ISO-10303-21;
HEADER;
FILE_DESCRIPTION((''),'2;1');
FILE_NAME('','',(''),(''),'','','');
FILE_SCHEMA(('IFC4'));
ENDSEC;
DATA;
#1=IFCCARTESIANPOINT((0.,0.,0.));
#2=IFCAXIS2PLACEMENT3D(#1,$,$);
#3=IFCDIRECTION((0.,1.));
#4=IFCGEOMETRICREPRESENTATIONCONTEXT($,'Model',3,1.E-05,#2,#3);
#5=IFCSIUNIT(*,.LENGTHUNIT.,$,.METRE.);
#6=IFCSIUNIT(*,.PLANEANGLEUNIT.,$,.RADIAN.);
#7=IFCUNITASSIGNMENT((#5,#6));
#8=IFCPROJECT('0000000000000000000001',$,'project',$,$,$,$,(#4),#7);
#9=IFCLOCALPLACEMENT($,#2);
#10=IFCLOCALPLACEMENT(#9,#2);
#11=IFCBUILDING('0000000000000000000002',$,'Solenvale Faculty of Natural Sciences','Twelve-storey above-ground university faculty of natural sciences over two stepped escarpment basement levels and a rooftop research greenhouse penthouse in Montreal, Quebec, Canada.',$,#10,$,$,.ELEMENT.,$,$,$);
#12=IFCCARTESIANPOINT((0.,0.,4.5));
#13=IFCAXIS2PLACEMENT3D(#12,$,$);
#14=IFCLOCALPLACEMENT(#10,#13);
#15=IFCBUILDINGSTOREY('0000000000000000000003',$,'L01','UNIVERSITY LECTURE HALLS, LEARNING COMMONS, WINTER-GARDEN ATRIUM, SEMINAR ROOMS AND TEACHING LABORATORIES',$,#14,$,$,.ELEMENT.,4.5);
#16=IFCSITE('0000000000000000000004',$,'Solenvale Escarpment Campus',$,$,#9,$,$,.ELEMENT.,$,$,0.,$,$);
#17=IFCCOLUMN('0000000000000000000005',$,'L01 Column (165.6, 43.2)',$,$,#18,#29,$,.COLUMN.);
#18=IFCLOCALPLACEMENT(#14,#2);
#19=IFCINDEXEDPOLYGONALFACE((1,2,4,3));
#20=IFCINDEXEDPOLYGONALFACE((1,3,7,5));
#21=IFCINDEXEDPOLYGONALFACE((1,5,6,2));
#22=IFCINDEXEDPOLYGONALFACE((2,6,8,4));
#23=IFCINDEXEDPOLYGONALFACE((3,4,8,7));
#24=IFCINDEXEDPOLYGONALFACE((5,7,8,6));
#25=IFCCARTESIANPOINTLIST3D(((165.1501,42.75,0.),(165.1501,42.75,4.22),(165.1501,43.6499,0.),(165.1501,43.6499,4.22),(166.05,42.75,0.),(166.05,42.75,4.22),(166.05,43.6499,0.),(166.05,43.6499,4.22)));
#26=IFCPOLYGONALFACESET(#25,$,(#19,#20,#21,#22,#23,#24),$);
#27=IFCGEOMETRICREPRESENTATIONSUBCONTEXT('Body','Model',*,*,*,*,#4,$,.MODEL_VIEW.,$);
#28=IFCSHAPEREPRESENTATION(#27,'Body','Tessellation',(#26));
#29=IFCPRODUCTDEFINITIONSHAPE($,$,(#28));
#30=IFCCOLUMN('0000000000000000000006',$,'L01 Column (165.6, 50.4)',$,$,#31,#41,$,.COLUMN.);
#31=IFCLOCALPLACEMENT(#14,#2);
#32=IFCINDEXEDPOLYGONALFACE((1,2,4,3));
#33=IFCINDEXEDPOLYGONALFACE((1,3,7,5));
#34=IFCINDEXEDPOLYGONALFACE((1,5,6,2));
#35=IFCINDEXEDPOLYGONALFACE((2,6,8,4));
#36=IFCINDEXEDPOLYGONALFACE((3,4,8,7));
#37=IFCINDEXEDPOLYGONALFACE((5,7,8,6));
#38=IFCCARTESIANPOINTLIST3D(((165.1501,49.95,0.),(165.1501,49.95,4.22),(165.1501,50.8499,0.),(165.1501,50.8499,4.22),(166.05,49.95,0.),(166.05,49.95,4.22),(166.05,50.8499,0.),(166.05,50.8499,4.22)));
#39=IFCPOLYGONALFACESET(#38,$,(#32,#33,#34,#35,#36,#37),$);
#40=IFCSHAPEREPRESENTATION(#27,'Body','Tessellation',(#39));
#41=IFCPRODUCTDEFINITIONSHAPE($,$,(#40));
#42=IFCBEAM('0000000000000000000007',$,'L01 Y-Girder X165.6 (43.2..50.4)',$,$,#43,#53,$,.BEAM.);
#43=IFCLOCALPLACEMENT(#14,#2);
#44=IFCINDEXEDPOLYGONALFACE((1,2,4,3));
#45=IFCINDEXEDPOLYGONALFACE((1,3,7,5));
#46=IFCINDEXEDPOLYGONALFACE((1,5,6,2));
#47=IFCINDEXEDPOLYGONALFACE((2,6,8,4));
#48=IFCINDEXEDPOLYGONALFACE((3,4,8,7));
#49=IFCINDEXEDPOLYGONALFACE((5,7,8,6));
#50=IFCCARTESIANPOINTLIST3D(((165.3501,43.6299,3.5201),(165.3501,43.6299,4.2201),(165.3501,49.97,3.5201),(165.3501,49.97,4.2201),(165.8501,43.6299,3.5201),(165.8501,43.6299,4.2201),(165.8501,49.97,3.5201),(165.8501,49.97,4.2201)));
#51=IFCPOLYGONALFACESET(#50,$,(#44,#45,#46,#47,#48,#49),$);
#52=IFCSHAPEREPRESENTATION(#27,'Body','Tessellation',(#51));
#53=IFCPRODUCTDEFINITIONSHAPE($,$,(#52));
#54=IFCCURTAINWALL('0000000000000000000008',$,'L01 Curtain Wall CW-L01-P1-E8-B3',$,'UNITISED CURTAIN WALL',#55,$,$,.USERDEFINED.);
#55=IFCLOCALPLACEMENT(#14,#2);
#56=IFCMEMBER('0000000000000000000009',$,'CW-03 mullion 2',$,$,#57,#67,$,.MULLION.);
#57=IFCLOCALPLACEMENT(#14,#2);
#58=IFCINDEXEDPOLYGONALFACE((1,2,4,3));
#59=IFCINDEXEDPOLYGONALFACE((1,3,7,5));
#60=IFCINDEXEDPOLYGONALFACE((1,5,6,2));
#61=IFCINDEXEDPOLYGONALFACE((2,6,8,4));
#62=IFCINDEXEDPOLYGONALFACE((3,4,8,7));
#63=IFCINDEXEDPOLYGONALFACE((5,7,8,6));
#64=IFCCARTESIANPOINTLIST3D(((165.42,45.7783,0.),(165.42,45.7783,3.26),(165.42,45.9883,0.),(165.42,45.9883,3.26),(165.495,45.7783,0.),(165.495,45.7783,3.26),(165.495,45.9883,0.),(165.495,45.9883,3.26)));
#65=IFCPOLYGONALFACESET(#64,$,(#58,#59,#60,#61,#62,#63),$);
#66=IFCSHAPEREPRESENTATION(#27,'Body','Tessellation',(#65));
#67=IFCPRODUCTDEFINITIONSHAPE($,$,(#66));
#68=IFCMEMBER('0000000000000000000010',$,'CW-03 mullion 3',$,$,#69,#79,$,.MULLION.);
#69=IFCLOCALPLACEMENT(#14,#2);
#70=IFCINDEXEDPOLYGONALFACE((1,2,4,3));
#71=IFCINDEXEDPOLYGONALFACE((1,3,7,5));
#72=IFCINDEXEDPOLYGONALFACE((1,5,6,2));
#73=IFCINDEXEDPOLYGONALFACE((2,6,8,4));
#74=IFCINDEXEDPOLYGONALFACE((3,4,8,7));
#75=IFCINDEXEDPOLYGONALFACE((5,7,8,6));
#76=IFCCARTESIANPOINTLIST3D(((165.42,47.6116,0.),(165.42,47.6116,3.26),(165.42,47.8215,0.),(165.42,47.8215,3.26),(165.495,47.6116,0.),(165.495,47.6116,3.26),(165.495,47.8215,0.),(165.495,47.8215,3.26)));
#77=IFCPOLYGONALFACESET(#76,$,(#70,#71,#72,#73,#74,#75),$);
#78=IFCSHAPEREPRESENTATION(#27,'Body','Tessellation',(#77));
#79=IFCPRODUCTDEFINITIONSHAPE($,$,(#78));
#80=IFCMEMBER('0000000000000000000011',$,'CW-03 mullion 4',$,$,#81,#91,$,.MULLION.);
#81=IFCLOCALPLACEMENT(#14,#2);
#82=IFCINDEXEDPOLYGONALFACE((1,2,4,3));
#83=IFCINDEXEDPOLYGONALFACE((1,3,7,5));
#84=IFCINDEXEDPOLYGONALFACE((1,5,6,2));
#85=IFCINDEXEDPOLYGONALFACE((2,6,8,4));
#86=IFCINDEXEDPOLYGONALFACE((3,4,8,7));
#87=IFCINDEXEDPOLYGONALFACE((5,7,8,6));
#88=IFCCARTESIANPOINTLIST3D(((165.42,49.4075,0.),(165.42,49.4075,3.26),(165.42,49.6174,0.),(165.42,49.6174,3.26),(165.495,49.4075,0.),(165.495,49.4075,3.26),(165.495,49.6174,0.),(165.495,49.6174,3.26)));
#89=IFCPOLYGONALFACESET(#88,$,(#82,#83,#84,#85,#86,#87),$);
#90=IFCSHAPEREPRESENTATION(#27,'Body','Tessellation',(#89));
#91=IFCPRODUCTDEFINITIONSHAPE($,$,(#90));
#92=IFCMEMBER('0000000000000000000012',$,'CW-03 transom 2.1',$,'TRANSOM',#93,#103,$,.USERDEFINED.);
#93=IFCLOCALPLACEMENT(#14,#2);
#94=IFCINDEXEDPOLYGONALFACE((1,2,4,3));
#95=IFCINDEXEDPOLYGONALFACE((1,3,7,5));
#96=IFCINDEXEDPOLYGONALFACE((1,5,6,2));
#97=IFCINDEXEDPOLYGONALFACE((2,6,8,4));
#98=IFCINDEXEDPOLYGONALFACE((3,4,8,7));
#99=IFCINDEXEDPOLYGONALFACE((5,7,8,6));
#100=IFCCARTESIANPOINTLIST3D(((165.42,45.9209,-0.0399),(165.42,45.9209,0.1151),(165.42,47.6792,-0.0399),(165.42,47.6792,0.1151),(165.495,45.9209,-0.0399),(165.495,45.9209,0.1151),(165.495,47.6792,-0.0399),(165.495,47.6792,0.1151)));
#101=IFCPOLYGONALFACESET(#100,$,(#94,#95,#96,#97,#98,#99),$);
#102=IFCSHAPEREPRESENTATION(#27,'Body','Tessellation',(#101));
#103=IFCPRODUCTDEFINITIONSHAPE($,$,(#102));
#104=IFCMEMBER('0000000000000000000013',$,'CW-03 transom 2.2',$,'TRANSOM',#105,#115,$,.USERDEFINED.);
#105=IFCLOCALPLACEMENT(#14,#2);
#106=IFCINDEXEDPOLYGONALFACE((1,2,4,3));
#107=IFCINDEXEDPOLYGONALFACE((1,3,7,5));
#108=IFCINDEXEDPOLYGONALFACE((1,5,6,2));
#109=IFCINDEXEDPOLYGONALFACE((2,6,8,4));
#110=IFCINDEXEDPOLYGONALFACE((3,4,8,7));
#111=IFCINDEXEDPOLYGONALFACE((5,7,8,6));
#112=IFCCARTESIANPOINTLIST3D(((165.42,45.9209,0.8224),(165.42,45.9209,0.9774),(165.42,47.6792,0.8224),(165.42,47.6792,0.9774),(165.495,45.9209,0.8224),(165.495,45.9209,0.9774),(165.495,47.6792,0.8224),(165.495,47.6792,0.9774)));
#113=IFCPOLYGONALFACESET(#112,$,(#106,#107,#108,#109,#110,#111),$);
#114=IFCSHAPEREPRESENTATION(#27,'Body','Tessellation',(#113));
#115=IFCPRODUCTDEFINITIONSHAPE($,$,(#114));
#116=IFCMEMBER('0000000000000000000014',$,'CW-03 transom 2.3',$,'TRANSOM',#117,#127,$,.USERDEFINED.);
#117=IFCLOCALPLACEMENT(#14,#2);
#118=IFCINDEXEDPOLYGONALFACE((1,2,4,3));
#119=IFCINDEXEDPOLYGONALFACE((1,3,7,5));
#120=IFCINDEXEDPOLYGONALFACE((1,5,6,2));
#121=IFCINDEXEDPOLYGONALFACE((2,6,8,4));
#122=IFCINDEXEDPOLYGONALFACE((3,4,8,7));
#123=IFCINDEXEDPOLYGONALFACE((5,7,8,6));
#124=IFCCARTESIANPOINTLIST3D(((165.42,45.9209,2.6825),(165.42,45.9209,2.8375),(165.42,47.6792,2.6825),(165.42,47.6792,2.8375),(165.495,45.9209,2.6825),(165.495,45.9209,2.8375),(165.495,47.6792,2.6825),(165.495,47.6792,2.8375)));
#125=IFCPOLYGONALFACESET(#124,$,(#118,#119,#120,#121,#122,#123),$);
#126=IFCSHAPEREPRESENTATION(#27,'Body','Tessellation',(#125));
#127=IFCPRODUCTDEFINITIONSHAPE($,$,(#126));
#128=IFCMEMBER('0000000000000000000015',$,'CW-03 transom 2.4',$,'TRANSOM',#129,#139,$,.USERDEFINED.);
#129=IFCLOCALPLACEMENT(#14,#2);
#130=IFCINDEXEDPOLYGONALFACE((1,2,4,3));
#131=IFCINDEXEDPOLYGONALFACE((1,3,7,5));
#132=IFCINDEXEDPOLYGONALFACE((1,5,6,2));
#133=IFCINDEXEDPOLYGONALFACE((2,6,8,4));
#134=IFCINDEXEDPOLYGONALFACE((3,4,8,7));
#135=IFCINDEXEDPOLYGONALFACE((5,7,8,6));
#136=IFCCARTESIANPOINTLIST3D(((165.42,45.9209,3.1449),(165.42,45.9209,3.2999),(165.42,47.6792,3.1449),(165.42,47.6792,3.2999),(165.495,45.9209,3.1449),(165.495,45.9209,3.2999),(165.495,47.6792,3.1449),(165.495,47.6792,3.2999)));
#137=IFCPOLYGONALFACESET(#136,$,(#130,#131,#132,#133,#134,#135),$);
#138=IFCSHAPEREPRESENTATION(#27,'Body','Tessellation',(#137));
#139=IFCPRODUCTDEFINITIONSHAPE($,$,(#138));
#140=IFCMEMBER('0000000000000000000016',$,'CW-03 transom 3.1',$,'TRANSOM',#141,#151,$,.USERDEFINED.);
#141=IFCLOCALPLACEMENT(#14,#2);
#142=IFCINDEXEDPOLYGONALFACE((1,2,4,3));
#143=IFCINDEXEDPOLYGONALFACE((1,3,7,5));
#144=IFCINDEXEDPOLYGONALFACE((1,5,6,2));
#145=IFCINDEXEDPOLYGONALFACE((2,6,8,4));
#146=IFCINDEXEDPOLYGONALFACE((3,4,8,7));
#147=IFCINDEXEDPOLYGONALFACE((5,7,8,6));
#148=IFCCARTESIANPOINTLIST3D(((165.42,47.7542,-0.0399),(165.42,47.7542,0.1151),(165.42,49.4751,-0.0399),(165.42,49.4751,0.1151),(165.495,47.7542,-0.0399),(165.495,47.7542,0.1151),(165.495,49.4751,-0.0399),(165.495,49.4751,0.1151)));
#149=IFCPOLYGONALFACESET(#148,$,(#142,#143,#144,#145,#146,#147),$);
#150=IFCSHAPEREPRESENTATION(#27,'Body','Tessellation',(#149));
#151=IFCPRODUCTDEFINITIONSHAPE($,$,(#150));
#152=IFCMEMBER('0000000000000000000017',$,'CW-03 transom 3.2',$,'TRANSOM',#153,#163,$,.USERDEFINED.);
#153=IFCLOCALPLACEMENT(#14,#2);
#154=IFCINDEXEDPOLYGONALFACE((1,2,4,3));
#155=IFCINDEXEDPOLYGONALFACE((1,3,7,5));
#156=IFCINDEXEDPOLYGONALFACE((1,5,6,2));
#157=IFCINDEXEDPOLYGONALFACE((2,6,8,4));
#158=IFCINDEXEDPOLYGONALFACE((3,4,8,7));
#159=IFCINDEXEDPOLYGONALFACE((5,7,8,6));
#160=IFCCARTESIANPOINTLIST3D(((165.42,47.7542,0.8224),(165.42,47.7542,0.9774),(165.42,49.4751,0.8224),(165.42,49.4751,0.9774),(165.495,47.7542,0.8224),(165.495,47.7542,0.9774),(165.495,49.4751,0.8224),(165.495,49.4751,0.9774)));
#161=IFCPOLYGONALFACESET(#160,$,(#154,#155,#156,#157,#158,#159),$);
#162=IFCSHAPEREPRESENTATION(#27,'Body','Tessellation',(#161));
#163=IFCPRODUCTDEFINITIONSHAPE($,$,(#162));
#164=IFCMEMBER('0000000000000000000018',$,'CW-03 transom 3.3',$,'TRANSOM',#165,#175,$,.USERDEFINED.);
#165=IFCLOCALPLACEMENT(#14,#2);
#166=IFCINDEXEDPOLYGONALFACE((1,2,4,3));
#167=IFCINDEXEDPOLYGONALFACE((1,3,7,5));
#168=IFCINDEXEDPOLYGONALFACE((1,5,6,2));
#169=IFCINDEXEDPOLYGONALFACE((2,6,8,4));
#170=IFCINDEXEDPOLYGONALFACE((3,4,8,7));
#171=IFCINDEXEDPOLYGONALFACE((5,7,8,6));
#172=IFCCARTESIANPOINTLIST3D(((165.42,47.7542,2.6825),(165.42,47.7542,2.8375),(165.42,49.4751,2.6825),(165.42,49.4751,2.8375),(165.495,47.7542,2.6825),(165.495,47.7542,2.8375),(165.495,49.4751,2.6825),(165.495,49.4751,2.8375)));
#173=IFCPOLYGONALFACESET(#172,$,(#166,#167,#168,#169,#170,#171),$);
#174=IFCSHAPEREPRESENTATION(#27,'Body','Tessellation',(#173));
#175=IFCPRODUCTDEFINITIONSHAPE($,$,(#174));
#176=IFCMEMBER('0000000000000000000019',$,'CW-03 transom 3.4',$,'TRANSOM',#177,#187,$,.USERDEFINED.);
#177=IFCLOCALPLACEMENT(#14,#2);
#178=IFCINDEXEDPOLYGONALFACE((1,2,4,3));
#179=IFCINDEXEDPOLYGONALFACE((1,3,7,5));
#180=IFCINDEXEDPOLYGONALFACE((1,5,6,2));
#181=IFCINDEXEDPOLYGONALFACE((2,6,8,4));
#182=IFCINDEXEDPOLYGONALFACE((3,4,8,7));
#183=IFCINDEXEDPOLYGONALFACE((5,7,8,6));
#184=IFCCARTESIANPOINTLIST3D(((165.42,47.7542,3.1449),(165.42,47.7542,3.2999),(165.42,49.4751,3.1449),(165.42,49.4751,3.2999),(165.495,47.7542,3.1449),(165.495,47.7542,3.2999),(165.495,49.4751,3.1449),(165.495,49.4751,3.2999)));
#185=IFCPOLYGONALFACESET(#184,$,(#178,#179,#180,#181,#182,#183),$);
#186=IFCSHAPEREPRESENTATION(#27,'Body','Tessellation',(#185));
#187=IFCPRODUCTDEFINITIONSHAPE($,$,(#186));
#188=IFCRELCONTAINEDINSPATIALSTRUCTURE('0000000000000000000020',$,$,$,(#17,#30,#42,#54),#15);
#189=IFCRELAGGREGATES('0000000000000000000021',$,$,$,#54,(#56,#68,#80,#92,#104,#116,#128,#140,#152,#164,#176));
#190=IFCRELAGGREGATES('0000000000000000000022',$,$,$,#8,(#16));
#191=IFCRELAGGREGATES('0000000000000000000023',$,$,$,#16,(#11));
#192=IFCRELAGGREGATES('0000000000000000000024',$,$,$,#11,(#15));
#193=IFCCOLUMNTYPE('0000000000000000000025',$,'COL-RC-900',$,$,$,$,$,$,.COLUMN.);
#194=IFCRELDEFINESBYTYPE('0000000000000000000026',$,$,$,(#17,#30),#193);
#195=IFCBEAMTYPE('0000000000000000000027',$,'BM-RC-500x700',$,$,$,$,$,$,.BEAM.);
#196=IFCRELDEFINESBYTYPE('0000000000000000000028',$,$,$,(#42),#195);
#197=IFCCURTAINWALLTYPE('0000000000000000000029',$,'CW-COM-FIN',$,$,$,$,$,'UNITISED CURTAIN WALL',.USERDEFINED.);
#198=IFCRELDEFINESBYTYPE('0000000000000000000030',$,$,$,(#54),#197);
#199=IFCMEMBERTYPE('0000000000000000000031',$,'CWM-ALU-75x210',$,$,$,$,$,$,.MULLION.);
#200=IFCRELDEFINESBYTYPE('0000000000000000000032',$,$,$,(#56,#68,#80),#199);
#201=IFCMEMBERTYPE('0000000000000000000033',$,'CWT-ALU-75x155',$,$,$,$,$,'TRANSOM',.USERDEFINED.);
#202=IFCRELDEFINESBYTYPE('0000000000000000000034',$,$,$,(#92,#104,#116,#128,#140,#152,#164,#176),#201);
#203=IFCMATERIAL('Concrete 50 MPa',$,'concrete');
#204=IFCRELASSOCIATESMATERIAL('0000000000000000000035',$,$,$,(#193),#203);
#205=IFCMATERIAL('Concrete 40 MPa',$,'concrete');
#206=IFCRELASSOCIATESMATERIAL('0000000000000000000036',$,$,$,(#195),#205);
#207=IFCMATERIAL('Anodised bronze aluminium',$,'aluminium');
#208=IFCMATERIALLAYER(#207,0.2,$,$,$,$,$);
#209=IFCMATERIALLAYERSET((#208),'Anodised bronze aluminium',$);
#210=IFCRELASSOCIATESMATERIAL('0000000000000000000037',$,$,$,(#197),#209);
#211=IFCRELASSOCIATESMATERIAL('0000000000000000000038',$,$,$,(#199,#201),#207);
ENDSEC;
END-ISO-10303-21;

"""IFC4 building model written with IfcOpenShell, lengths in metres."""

from ifc_helpers import new_model, si_unit, direction, frame, origin, origin_2d, place, context, subcontext, project, spatial, rectangle, extrude, material, layer, layer_set, material_profile, profile_set, type_object, element, aggregate, save


model = new_model("IFC4")

# Units and contexts
model_context = context("Model", 3, precision=1e-05, world=origin(), true_north=direction((0.0, 1.0)))
body_context = subcontext(model_context, "Body", "Model", "MODEL_VIEW")
ifc_project = project(units=[si_unit("LENGTHUNIT", "METRE"), si_unit("PLANEANGLEUNIT", "RADIAN")], contexts=[model_context])

# Site, building, storey
site_placement = place(None, origin())
site = spatial("IfcSite", under=ifc_project, at=site_placement, Name="Solenvale Escarpment Campus", CompositionType="ELEMENT", RefElevation=0.0)
building_placement = place(site_placement, origin())
building = spatial("IfcBuilding", under=site, at=building_placement, Name="Solenvale Faculty of Natural Sciences", Description="Twelve-storey above-ground university faculty of natural sciences over two stepped escarpment basement levels and a rooftop research greenhouse penthouse in Montreal, Quebec, Canada.", CompositionType="ELEMENT")
storey_placement = place(building_placement, frame((0.0, 0.0, 4.5)))
storey = spatial("IfcBuildingStorey", under=building, at=storey_placement, Name="L01", Description="UNIVERSITY LECTURE HALLS, LEARNING COMMONS, WINTER-GARDEN ATRIUM, SEMINAR ROOMS AND TEACHING LABORATORIES", CompositionType="ELEMENT", Elevation=4.5)

# Columns
ifc_material_1 = material(Name="Concrete 50 MPa", Category="concrete")
ifc_material_profile_1 = material_profile(ifc_material_1, rectangle(XDim=0.8999, YDim=0.8999, at=origin_2d()), Name="RC-COL-900x900")
ifc_profile_set_1 = profile_set([ifc_material_profile_1], Name="Concrete 50 MPa")
column_type = type_object("IfcColumnType", Name="COL-RC-900", PredefinedType="COLUMN", material=ifc_profile_set_1)
for number, where, z_axis, x_axis, name in (
    (1, (165.6001, 43.2, 0.0), (0.0, 0.0, 1.0), (1.0, 0.0, 0.0), "L01 Column (165.6, 43.2)"),
    (2, (165.6001, 50.3999, 0.0), (0.0, 0.0, 1.0), (1.0, 0.0, 0.0), "L01 Column (165.6, 50.4)"),
):
    element("IfcColumn", number, at=place(storey_placement, frame(where, z_axis=z_axis, x_axis=x_axis)), inside=storey, type_object=column_type, Name=name, PredefinedType="COLUMN", context=body_context, shape_type="SweptSolid", body=[
        extrude(rectangle(XDim=0.8999, YDim=0.8999, at=origin_2d()), origin(), (0.0, 0.0, 1.0), 4.22),
    ])

# Beam
ifc_material_2 = material(Name="Concrete 40 MPa", Category="concrete")
ifc_material_profile_2 = material_profile(ifc_material_2, rectangle(XDim=0.5, YDim=0.7, at=origin_2d()), Name="RC-BM-500x700")
ifc_profile_set_2 = profile_set([ifc_material_profile_2], Name="Concrete 40 MPa")
beam_type = type_object("IfcBeamType", Name="BM-RC-500x700", PredefinedType="BEAM", material=ifc_profile_set_2)
beam_placement = place(storey_placement, frame((165.6001, 43.6299, 3.8701), z_axis=(0.0, 1.0, 0.0), x_axis=(-1.0, 0.0, 0.0)))
element("IfcBeam", 3, at=beam_placement, inside=storey, type_object=beam_type, Name="L01 Y-Girder X165.6 (43.2..50.4)", PredefinedType="BEAM", context=body_context, shape_type="SweptSolid", body=[
    extrude(rectangle(XDim=0.5, YDim=0.7, at=origin_2d()), origin(), (0.0, 0.0, 1.0), 6.3401),
])

# Curtain wall, members
ifc_material_3 = material(Name="Anodised bronze aluminium", Category="aluminium")
ifc_layer_1 = layer(ifc_material_3, 0.2)
ifc_layer_set_1 = layer_set([ifc_layer_1], Name="Anodised bronze aluminium")
curtain_wall_type = type_object("IfcCurtainWallType", Name="CW-COM-FIN", ElementType="UNITISED CURTAIN WALL", PredefinedType="USERDEFINED", material=ifc_layer_set_1)
curtain_wall_placement = place(storey_placement, origin())
curtain_wall = element("IfcCurtainWall", 4, at=curtain_wall_placement, inside=storey, type_object=curtain_wall_type, Name="L01 Curtain Wall CW-L01-P1-E8-B3", ObjectType="UNITISED CURTAIN WALL", PredefinedType="USERDEFINED")
ifc_material_profile_3 = material_profile(ifc_material_3, rectangle(XDim=0.075, YDim=0.21, at=origin_2d()), Name="ALU-MUL-75x210")
ifc_profile_set_3 = profile_set([ifc_material_profile_3], Name="Anodised bronze aluminium")
member_type_1 = type_object("IfcMemberType", Name="CWM-ALU-75x210", PredefinedType="MULLION", material=ifc_profile_set_3)
member_1_placement = place(storey_placement, frame((165.4575, 45.8833, 0.0), z_axis=(0.0, 0.0, 1.0), x_axis=(-1.0, 0.0, 0.0)))
member_1 = element("IfcMember", 5, at=member_1_placement, type_object=member_type_1, Name="CW-03 mullion 2", PredefinedType="MULLION", context=body_context, shape_type="SweptSolid", body=[
    extrude(rectangle(XDim=0.075, YDim=0.21, at=origin_2d()), origin(), (0.0, 0.0, 1.0), 3.26),
])
member_2_placement = place(storey_placement, frame((165.4575, 47.7166, 0.0), z_axis=(0.0, 0.0, 1.0), x_axis=(-1.0, 0.0, 0.0)))
member_2 = element("IfcMember", 6, at=member_2_placement, type_object=member_type_1, Name="CW-03 mullion 3", PredefinedType="MULLION", context=body_context, shape_type="SweptSolid", body=[
    extrude(rectangle(XDim=0.075, YDim=0.21, at=origin_2d()), origin(), (0.0, 0.0, 1.0), 3.26),
])
member_3_placement = place(storey_placement, frame((165.4575, 49.5125, 0.0), z_axis=(0.0, 0.0, 1.0), x_axis=(-1.0, 0.0, 0.0)))
member_3 = element("IfcMember", 7, at=member_3_placement, type_object=member_type_1, Name="CW-03 mullion 4", PredefinedType="MULLION", context=body_context, shape_type="SweptSolid", body=[
    extrude(rectangle(XDim=0.075, YDim=0.21, at=origin_2d()), origin(), (0.0, 0.0, 1.0), 3.26),
])
ifc_material_profile_4 = material_profile(ifc_material_3, rectangle(XDim=0.075, YDim=0.155, at=origin_2d()), Name="ALU-TRN-75x155")
ifc_profile_set_4 = profile_set([ifc_material_profile_4], Name="Anodised bronze aluminium")
member_type_2 = type_object("IfcMemberType", Name="CWT-ALU-75x155", ElementType="TRANSOM", PredefinedType="USERDEFINED", material=ifc_profile_set_4)
member_4_placement = place(storey_placement, frame((165.4575, 45.9209, 0.0376), z_axis=(0.0, 1.0, 0.0), x_axis=(-1.0, 0.0, 0.0)))
member_4 = element("IfcMember", 8, at=member_4_placement, type_object=member_type_2, Name="CW-03 transom 2.1", ObjectType="TRANSOM", PredefinedType="USERDEFINED", context=body_context, shape_type="SweptSolid", body=[
    extrude(rectangle(XDim=0.075, YDim=0.155, at=origin_2d()), origin(), (0.0, 0.0, 1.0), 1.7583),
])
member_5_placement = place(storey_placement, frame((165.4575, 45.9209, 0.8999), z_axis=(0.0, 1.0, 0.0), x_axis=(-1.0, 0.0, 0.0)))
member_5 = element("IfcMember", 9, at=member_5_placement, type_object=member_type_2, Name="CW-03 transom 2.2", ObjectType="TRANSOM", PredefinedType="USERDEFINED", context=body_context, shape_type="SweptSolid", body=[
    extrude(rectangle(XDim=0.075, YDim=0.155, at=origin_2d()), origin(), (0.0, 0.0, 1.0), 1.7583),
])
member_6_placement = place(storey_placement, frame((165.4575, 45.9209, 2.76), z_axis=(0.0, 1.0, 0.0), x_axis=(-1.0, 0.0, 0.0)))
member_6 = element("IfcMember", 10, at=member_6_placement, type_object=member_type_2, Name="CW-03 transom 2.3", ObjectType="TRANSOM", PredefinedType="USERDEFINED", context=body_context, shape_type="SweptSolid", body=[
    extrude(rectangle(XDim=0.075, YDim=0.155, at=origin_2d()), origin(), (0.0, 0.0, 1.0), 1.7583),
])
member_7_placement = place(storey_placement, frame((165.4575, 45.9209, 3.2224), z_axis=(0.0, 1.0, 0.0), x_axis=(-1.0, 0.0, 0.0)))
member_7 = element("IfcMember", 11, at=member_7_placement, type_object=member_type_2, Name="CW-03 transom 2.4", ObjectType="TRANSOM", PredefinedType="USERDEFINED", context=body_context, shape_type="SweptSolid", body=[
    extrude(rectangle(XDim=0.075, YDim=0.155, at=origin_2d()), origin(), (0.0, 0.0, 1.0), 1.7583),
])
member_8_placement = place(storey_placement, frame((165.4575, 47.7542, 0.0376), z_axis=(0.0, 1.0, 0.0), x_axis=(-1.0, 0.0, 0.0)))
member_8 = element("IfcMember", 12, at=member_8_placement, type_object=member_type_2, Name="CW-03 transom 3.1", ObjectType="TRANSOM", PredefinedType="USERDEFINED", context=body_context, shape_type="SweptSolid", body=[
    extrude(rectangle(XDim=0.075, YDim=0.155, at=origin_2d()), origin(), (0.0, 0.0, 1.0), 1.7209),
])
member_9_placement = place(storey_placement, frame((165.4575, 47.7542, 0.8999), z_axis=(0.0, 1.0, 0.0), x_axis=(-1.0, 0.0, 0.0)))
member_9 = element("IfcMember", 13, at=member_9_placement, type_object=member_type_2, Name="CW-03 transom 3.2", ObjectType="TRANSOM", PredefinedType="USERDEFINED", context=body_context, shape_type="SweptSolid", body=[
    extrude(rectangle(XDim=0.075, YDim=0.155, at=origin_2d()), origin(), (0.0, 0.0, 1.0), 1.7209),
])
member_10_placement = place(storey_placement, frame((165.4575, 47.7542, 2.76), z_axis=(0.0, 1.0, 0.0), x_axis=(-1.0, 0.0, 0.0)))
member_10 = element("IfcMember", 14, at=member_10_placement, type_object=member_type_2, Name="CW-03 transom 3.3", ObjectType="TRANSOM", PredefinedType="USERDEFINED", context=body_context, shape_type="SweptSolid", body=[
    extrude(rectangle(XDim=0.075, YDim=0.155, at=origin_2d()), origin(), (0.0, 0.0, 1.0), 1.7209),
])
member_11_placement = place(storey_placement, frame((165.4575, 47.7542, 3.2224), z_axis=(0.0, 1.0, 0.0), x_axis=(-1.0, 0.0, 0.0)))
member_11 = element("IfcMember", 15, at=member_11_placement, type_object=member_type_2, Name="CW-03 transom 3.4", ObjectType="TRANSOM", PredefinedType="USERDEFINED", context=body_context, shape_type="SweptSolid", body=[
    extrude(rectangle(XDim=0.075, YDim=0.155, at=origin_2d()), origin(), (0.0, 0.0, 1.0), 1.7209),
])
aggregate(curtain_wall, [member_1, member_2, member_3, member_4, member_5, member_6, member_7, member_8, member_9, member_10, member_11])

save(model, "model.ifc")
